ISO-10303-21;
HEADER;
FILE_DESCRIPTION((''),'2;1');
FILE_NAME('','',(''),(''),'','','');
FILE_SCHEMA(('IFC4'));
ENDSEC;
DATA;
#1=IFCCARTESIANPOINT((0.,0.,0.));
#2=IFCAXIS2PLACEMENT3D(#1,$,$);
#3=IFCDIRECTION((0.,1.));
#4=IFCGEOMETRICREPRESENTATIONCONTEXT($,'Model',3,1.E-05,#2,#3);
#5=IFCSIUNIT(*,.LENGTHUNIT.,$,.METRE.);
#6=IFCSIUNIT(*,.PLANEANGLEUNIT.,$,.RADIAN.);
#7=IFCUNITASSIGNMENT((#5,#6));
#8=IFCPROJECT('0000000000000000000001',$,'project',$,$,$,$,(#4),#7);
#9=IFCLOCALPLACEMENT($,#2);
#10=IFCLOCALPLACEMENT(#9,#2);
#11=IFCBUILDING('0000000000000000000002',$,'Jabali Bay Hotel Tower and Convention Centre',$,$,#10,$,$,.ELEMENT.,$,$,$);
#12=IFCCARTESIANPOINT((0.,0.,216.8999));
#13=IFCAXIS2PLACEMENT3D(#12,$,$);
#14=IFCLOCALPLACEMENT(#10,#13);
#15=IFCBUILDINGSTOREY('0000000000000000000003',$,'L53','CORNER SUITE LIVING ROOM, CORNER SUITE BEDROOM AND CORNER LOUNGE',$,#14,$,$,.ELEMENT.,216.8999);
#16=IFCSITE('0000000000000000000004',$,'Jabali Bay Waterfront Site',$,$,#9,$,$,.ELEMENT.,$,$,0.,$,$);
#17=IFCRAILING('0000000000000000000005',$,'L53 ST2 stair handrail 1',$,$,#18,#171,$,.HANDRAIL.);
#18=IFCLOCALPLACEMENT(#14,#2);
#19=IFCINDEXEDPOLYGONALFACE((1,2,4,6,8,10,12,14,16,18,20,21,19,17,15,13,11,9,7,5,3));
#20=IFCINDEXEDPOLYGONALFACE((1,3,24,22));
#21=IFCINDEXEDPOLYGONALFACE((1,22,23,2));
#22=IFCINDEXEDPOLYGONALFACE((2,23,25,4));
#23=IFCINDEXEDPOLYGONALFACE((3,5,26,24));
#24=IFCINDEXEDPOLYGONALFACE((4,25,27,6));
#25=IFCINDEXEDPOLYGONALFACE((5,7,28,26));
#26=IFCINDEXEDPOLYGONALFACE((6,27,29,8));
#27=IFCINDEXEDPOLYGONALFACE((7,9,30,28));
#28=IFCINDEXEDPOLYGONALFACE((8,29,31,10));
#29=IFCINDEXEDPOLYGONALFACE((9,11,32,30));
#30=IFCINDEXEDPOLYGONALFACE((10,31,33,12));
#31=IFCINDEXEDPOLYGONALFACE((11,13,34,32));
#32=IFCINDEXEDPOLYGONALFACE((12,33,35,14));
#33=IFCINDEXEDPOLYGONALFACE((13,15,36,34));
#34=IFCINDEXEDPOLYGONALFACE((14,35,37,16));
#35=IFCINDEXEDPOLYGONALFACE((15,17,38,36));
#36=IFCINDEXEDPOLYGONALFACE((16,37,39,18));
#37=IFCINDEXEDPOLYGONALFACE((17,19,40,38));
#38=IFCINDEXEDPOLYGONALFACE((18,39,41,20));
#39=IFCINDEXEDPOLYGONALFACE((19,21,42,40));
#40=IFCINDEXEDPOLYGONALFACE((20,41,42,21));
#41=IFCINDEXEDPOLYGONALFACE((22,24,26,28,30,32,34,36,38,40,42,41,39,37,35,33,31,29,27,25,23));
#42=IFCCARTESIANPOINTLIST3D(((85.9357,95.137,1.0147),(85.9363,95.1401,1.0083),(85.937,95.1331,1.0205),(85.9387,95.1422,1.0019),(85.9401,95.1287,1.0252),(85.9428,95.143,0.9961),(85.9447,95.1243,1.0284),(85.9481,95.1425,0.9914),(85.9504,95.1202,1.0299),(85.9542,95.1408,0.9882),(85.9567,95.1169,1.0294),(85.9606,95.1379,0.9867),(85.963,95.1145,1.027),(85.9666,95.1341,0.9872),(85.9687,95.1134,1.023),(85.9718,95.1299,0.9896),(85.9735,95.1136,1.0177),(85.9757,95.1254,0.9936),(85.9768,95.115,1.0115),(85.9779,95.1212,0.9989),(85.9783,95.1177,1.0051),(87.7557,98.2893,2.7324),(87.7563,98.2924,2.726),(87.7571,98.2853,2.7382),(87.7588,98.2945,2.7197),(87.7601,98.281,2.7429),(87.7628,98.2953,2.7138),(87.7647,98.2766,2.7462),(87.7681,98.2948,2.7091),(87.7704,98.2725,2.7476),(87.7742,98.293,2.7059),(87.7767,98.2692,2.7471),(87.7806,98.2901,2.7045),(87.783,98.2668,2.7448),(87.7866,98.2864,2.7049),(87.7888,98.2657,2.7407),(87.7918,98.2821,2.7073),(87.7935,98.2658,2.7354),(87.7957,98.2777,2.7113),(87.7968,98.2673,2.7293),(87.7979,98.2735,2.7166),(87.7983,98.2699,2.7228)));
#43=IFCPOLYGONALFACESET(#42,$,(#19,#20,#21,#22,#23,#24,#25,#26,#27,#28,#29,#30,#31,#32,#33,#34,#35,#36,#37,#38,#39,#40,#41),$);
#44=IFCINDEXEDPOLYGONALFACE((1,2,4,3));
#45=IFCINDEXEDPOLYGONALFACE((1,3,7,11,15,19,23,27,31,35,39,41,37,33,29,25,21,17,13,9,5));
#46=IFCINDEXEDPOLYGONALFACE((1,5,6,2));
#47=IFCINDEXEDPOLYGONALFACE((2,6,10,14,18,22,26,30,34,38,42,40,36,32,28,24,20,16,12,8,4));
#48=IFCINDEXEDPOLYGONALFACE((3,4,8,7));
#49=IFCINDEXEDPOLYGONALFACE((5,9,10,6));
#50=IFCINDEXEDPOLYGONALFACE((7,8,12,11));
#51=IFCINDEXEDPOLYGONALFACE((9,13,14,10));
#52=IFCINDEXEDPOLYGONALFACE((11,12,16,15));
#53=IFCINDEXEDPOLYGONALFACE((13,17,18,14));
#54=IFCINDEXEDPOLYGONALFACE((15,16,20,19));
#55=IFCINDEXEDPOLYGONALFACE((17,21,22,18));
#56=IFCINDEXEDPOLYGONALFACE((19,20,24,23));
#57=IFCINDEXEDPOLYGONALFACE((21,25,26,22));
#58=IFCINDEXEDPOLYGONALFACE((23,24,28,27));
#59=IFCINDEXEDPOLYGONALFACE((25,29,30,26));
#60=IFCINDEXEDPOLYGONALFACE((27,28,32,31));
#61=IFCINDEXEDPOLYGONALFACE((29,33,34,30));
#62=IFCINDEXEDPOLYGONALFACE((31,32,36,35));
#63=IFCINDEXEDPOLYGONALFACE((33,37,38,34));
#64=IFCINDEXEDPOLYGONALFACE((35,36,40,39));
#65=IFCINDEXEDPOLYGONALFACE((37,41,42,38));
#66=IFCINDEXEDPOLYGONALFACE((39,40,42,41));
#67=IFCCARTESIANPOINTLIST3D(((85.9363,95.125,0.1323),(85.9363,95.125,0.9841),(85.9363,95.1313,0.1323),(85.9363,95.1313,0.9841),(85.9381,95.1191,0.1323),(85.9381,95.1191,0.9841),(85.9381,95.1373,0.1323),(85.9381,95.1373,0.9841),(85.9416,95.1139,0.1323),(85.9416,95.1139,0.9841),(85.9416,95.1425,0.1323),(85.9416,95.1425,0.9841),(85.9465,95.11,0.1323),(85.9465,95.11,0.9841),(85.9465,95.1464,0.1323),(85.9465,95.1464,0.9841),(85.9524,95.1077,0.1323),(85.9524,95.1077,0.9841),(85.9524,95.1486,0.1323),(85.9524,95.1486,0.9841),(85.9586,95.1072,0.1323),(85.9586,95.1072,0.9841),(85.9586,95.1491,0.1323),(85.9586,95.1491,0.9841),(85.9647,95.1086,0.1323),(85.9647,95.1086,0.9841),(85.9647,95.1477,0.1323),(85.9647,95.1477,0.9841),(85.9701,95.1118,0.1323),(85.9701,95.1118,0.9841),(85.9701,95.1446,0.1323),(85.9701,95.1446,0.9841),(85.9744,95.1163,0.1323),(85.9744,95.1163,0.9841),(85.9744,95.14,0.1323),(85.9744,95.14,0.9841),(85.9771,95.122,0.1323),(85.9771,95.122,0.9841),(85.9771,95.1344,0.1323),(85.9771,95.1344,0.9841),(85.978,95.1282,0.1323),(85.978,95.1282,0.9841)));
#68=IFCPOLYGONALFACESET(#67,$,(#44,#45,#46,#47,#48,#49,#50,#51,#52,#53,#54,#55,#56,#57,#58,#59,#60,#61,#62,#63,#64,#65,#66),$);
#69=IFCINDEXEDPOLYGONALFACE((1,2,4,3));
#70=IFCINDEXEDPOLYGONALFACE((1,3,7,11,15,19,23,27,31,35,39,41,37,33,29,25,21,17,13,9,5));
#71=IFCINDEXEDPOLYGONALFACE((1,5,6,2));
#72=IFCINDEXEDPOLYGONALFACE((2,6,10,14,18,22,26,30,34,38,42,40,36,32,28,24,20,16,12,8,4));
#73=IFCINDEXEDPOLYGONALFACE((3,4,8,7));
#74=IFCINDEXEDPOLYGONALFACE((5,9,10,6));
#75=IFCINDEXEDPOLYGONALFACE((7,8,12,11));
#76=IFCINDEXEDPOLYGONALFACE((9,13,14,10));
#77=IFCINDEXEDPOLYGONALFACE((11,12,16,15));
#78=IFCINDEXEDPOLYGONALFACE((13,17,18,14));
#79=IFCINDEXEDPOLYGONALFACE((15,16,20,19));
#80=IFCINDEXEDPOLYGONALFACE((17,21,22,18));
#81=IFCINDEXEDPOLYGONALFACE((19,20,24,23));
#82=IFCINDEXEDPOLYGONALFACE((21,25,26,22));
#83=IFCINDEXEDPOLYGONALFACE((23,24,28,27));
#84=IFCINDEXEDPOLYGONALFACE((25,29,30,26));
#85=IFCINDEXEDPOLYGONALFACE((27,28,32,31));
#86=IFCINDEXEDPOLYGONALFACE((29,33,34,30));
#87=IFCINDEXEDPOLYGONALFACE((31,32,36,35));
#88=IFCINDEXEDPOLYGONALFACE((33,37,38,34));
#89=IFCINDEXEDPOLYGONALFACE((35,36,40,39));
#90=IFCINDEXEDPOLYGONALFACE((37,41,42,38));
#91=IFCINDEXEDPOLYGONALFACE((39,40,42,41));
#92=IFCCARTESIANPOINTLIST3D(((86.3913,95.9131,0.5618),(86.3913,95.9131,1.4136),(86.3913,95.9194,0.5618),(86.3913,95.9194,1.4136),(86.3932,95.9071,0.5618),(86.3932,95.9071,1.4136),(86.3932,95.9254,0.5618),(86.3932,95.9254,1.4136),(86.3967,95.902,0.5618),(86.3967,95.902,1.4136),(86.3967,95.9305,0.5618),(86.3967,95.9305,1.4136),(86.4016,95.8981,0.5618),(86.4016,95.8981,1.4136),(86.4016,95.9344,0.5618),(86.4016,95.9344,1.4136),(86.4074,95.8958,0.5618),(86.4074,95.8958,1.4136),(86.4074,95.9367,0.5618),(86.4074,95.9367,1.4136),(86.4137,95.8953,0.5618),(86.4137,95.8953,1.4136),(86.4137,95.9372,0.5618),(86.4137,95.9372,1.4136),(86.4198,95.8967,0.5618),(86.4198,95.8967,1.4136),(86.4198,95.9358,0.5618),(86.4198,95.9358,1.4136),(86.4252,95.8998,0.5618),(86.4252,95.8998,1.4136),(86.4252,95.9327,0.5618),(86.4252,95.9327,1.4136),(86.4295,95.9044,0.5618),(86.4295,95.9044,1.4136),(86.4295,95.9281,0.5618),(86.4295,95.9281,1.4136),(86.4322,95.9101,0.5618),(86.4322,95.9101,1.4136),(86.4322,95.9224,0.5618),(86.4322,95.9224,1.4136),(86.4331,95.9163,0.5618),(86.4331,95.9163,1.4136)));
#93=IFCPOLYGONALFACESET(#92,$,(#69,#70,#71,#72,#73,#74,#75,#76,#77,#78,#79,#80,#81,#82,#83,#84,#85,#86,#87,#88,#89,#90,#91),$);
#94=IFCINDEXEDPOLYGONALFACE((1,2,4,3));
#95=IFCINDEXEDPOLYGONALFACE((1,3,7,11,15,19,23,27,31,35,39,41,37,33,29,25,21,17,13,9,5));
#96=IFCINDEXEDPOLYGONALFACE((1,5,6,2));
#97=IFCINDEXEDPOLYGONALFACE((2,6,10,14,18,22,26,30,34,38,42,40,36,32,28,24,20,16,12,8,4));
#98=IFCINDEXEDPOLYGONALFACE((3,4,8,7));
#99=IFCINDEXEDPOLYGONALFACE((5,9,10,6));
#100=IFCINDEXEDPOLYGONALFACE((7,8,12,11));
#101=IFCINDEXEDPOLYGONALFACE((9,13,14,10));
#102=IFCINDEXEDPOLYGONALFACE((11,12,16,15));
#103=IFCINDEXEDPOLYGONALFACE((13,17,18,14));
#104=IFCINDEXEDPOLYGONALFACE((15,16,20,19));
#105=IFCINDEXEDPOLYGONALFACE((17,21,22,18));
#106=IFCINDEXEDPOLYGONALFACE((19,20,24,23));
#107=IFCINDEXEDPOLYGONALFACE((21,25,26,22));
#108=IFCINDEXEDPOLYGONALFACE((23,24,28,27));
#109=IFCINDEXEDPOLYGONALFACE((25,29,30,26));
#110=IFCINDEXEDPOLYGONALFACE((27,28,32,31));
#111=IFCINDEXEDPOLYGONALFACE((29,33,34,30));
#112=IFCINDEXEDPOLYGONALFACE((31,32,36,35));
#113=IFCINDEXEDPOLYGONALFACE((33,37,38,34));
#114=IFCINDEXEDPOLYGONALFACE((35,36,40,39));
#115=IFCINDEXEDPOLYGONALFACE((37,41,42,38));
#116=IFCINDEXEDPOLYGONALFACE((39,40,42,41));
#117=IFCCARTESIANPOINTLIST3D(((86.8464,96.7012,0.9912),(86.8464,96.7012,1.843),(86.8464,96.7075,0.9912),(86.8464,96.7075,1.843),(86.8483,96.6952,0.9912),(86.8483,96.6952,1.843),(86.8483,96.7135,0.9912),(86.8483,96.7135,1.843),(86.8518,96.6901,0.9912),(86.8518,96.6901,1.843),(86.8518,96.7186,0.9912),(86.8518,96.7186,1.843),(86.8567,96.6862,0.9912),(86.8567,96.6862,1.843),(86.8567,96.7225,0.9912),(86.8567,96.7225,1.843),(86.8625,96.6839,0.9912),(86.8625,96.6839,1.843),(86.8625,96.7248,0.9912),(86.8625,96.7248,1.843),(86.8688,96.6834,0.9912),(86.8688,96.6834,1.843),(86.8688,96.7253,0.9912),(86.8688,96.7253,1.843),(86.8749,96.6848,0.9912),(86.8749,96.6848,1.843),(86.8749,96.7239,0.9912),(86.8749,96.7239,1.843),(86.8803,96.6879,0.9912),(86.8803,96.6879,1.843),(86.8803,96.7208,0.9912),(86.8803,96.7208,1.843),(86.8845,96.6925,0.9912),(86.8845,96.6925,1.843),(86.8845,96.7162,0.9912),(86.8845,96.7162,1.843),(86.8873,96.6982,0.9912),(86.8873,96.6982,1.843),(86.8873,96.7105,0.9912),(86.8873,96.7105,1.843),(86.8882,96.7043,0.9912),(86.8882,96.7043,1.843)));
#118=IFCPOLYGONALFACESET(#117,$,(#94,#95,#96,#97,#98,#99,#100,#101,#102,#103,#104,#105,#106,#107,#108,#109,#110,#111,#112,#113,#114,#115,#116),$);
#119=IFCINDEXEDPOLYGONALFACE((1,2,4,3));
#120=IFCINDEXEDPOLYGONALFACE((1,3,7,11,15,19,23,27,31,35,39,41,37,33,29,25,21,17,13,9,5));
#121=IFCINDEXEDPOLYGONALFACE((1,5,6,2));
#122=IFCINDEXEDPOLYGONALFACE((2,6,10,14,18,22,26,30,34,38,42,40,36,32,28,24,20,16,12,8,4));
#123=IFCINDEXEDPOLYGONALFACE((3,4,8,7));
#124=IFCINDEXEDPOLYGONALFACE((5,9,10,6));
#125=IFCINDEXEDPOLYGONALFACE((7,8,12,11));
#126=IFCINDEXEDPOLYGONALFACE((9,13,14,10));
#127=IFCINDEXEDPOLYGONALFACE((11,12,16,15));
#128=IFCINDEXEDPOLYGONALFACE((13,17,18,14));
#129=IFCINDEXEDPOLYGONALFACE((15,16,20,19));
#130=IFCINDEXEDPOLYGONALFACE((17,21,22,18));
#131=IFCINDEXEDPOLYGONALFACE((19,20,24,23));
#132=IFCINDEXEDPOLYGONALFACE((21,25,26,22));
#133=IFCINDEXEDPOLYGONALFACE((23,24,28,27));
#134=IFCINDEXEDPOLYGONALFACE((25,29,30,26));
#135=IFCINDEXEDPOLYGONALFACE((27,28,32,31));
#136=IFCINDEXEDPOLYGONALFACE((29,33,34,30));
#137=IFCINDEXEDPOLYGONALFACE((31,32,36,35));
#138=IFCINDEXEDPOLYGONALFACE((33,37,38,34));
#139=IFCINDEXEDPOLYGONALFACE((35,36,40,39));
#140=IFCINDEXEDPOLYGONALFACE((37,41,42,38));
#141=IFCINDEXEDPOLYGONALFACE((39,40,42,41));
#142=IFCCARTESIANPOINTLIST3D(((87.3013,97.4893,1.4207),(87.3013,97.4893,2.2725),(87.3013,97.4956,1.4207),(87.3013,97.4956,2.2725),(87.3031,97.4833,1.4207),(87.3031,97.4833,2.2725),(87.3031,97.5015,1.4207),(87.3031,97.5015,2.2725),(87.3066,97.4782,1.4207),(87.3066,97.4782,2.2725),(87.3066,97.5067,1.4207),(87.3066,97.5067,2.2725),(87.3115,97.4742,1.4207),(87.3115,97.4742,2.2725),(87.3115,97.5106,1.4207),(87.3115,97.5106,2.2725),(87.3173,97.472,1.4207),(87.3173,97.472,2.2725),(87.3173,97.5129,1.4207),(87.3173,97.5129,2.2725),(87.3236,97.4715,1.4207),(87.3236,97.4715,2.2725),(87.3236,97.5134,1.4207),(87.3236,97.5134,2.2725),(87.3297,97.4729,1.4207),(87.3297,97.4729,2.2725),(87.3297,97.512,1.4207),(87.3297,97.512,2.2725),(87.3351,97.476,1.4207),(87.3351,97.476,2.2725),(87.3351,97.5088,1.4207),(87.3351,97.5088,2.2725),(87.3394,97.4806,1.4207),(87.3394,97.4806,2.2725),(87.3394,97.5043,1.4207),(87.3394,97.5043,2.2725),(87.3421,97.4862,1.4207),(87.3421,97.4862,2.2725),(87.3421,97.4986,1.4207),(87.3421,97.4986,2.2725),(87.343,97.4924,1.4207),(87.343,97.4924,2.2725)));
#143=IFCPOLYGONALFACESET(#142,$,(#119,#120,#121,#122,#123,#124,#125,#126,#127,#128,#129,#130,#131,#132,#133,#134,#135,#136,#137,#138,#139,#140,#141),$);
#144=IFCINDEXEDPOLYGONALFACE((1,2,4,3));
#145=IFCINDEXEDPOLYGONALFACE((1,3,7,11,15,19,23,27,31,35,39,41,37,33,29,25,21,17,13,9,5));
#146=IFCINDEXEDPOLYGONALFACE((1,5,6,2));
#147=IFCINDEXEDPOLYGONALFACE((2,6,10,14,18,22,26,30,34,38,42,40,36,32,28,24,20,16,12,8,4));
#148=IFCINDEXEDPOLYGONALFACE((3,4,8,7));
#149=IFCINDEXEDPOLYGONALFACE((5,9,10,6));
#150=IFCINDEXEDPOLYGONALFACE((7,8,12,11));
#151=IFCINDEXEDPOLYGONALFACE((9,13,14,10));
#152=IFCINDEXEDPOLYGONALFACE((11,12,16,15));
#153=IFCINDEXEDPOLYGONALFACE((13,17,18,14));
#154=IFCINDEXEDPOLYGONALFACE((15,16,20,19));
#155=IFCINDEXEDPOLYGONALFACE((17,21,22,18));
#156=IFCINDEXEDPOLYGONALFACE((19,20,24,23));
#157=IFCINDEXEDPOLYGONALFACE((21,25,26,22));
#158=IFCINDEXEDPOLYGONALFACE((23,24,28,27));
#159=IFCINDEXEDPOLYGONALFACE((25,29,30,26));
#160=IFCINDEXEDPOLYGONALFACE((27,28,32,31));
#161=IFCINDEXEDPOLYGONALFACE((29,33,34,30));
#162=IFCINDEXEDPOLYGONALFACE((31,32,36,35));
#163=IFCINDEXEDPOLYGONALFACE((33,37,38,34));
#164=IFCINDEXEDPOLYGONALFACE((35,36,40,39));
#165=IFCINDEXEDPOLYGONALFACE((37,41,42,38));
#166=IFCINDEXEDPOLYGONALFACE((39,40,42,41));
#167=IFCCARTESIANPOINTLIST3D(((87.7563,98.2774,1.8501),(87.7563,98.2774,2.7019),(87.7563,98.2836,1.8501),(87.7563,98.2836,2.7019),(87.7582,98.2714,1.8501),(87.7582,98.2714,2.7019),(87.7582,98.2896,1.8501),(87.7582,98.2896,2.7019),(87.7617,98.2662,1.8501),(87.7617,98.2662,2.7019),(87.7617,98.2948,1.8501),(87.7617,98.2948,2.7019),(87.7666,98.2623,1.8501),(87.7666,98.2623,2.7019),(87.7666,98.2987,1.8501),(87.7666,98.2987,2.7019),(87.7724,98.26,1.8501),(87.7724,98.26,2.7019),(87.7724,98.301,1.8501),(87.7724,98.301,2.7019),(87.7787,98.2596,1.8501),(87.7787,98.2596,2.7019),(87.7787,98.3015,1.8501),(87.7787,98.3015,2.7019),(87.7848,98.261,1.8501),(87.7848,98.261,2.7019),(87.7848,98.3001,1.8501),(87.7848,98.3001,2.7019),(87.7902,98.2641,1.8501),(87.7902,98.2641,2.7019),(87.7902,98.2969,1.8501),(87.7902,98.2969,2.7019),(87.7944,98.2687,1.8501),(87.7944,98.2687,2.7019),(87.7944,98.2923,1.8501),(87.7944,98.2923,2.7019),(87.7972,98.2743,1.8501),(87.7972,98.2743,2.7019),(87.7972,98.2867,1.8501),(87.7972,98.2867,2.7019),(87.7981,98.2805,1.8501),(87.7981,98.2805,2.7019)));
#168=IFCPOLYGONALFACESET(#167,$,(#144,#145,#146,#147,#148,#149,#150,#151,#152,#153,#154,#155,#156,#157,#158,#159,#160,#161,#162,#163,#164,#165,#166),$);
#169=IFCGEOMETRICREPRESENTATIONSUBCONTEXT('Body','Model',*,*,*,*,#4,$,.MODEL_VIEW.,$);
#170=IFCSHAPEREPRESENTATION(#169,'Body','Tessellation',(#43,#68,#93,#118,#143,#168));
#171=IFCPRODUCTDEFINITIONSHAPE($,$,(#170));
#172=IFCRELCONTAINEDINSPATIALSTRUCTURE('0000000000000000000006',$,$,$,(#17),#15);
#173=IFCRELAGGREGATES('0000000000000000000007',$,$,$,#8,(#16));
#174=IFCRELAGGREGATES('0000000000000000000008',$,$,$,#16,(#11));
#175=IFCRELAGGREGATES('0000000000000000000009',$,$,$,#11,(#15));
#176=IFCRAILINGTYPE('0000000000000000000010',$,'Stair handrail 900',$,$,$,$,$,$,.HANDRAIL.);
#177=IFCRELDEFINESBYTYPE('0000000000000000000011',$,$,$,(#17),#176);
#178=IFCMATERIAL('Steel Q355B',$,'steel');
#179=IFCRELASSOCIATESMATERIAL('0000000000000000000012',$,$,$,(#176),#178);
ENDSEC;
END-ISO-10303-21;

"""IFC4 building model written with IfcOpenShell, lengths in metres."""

from ifc_helpers import new_model, si_unit, direction, frame, origin, origin_2d, place, context, subcontext, project, spatial, circle, extrude, material, type_object, element, save


model = new_model("IFC4")

# Units and contexts
model_context = context("Model", 3, precision=1e-05, world=origin(), true_north=direction((0.0, 1.0)))
body_context = subcontext(model_context, "Body", "Model", "MODEL_VIEW")
ifc_project = project(units=[si_unit("LENGTHUNIT", "METRE"), si_unit("PLANEANGLEUNIT", "RADIAN")], contexts=[model_context])

# Site, building, storey
site_placement = place(None, origin())
site = spatial("IfcSite", under=ifc_project, at=site_placement, Name="Jabali Bay Waterfront Site", CompositionType="ELEMENT", RefElevation=0.0)
building_placement = place(site_placement, origin())
building = spatial("IfcBuilding", under=site, at=building_placement, Name="Jabali Bay Hotel Tower and Convention Centre", CompositionType="ELEMENT")
storey_placement = place(building_placement, frame((0.0, 0.0, 216.8999)))
storey = spatial("IfcBuildingStorey", under=building, at=storey_placement, Name="L53", Description="CORNER SUITE LIVING ROOM, CORNER SUITE BEDROOM AND CORNER LOUNGE", CompositionType="ELEMENT", Elevation=216.8999)

# Railing
ifc_material_1 = material(Name="Steel Q355B", Category="steel")
railing_type_1 = type_object("IfcRailingType", Name="Stair handrail 900", PredefinedType="HANDRAIL", material=ifc_material_1)
railing_1_placement = place(storey_placement, frame((85.957, 95.1282, 0.1323)))
element("IfcRailing", 1, at=railing_1_placement, inside=storey, type_object=railing_type_1, Name="L53 ST2 stair handrail 1", PredefinedType="HANDRAIL", context=body_context, shape_type="SweptSolid", body=[
    extrude(circle(Radius=0.0239, at=origin_2d()), frame((0.0, 0.0, 0.876), z_axis=(0.45219, 0.78319, 0.426775), x_axis=(-0.866018, 0.500013, 0.0)), (0.0, 0.0, 1.0), 4.0249),
    extrude(circle(Radius=0.021, at=origin_2d()), origin(), (0.0, 0.0, 1.0), 0.8518),
    extrude(circle(Radius=0.021, at=origin_2d()), frame((0.4551, 0.7881, 0.4294)), (0.0, 0.0, 1.0), 0.8518),
    extrude(circle(Radius=0.021, at=origin_2d()), frame((0.9102, 1.5762, 0.8589)), (0.0, 0.0, 1.0), 0.8518),
    extrude(circle(Radius=0.021, at=origin_2d()), frame((1.365, 2.3643, 1.2883)), (0.0, 0.0, 1.0), 0.8518),
    extrude(circle(Radius=0.021, at=origin_2d()), frame((1.8201, 3.1523, 1.7178)), (0.0, 0.0, 1.0), 0.8518),
])

save(model, "model.ifc")
